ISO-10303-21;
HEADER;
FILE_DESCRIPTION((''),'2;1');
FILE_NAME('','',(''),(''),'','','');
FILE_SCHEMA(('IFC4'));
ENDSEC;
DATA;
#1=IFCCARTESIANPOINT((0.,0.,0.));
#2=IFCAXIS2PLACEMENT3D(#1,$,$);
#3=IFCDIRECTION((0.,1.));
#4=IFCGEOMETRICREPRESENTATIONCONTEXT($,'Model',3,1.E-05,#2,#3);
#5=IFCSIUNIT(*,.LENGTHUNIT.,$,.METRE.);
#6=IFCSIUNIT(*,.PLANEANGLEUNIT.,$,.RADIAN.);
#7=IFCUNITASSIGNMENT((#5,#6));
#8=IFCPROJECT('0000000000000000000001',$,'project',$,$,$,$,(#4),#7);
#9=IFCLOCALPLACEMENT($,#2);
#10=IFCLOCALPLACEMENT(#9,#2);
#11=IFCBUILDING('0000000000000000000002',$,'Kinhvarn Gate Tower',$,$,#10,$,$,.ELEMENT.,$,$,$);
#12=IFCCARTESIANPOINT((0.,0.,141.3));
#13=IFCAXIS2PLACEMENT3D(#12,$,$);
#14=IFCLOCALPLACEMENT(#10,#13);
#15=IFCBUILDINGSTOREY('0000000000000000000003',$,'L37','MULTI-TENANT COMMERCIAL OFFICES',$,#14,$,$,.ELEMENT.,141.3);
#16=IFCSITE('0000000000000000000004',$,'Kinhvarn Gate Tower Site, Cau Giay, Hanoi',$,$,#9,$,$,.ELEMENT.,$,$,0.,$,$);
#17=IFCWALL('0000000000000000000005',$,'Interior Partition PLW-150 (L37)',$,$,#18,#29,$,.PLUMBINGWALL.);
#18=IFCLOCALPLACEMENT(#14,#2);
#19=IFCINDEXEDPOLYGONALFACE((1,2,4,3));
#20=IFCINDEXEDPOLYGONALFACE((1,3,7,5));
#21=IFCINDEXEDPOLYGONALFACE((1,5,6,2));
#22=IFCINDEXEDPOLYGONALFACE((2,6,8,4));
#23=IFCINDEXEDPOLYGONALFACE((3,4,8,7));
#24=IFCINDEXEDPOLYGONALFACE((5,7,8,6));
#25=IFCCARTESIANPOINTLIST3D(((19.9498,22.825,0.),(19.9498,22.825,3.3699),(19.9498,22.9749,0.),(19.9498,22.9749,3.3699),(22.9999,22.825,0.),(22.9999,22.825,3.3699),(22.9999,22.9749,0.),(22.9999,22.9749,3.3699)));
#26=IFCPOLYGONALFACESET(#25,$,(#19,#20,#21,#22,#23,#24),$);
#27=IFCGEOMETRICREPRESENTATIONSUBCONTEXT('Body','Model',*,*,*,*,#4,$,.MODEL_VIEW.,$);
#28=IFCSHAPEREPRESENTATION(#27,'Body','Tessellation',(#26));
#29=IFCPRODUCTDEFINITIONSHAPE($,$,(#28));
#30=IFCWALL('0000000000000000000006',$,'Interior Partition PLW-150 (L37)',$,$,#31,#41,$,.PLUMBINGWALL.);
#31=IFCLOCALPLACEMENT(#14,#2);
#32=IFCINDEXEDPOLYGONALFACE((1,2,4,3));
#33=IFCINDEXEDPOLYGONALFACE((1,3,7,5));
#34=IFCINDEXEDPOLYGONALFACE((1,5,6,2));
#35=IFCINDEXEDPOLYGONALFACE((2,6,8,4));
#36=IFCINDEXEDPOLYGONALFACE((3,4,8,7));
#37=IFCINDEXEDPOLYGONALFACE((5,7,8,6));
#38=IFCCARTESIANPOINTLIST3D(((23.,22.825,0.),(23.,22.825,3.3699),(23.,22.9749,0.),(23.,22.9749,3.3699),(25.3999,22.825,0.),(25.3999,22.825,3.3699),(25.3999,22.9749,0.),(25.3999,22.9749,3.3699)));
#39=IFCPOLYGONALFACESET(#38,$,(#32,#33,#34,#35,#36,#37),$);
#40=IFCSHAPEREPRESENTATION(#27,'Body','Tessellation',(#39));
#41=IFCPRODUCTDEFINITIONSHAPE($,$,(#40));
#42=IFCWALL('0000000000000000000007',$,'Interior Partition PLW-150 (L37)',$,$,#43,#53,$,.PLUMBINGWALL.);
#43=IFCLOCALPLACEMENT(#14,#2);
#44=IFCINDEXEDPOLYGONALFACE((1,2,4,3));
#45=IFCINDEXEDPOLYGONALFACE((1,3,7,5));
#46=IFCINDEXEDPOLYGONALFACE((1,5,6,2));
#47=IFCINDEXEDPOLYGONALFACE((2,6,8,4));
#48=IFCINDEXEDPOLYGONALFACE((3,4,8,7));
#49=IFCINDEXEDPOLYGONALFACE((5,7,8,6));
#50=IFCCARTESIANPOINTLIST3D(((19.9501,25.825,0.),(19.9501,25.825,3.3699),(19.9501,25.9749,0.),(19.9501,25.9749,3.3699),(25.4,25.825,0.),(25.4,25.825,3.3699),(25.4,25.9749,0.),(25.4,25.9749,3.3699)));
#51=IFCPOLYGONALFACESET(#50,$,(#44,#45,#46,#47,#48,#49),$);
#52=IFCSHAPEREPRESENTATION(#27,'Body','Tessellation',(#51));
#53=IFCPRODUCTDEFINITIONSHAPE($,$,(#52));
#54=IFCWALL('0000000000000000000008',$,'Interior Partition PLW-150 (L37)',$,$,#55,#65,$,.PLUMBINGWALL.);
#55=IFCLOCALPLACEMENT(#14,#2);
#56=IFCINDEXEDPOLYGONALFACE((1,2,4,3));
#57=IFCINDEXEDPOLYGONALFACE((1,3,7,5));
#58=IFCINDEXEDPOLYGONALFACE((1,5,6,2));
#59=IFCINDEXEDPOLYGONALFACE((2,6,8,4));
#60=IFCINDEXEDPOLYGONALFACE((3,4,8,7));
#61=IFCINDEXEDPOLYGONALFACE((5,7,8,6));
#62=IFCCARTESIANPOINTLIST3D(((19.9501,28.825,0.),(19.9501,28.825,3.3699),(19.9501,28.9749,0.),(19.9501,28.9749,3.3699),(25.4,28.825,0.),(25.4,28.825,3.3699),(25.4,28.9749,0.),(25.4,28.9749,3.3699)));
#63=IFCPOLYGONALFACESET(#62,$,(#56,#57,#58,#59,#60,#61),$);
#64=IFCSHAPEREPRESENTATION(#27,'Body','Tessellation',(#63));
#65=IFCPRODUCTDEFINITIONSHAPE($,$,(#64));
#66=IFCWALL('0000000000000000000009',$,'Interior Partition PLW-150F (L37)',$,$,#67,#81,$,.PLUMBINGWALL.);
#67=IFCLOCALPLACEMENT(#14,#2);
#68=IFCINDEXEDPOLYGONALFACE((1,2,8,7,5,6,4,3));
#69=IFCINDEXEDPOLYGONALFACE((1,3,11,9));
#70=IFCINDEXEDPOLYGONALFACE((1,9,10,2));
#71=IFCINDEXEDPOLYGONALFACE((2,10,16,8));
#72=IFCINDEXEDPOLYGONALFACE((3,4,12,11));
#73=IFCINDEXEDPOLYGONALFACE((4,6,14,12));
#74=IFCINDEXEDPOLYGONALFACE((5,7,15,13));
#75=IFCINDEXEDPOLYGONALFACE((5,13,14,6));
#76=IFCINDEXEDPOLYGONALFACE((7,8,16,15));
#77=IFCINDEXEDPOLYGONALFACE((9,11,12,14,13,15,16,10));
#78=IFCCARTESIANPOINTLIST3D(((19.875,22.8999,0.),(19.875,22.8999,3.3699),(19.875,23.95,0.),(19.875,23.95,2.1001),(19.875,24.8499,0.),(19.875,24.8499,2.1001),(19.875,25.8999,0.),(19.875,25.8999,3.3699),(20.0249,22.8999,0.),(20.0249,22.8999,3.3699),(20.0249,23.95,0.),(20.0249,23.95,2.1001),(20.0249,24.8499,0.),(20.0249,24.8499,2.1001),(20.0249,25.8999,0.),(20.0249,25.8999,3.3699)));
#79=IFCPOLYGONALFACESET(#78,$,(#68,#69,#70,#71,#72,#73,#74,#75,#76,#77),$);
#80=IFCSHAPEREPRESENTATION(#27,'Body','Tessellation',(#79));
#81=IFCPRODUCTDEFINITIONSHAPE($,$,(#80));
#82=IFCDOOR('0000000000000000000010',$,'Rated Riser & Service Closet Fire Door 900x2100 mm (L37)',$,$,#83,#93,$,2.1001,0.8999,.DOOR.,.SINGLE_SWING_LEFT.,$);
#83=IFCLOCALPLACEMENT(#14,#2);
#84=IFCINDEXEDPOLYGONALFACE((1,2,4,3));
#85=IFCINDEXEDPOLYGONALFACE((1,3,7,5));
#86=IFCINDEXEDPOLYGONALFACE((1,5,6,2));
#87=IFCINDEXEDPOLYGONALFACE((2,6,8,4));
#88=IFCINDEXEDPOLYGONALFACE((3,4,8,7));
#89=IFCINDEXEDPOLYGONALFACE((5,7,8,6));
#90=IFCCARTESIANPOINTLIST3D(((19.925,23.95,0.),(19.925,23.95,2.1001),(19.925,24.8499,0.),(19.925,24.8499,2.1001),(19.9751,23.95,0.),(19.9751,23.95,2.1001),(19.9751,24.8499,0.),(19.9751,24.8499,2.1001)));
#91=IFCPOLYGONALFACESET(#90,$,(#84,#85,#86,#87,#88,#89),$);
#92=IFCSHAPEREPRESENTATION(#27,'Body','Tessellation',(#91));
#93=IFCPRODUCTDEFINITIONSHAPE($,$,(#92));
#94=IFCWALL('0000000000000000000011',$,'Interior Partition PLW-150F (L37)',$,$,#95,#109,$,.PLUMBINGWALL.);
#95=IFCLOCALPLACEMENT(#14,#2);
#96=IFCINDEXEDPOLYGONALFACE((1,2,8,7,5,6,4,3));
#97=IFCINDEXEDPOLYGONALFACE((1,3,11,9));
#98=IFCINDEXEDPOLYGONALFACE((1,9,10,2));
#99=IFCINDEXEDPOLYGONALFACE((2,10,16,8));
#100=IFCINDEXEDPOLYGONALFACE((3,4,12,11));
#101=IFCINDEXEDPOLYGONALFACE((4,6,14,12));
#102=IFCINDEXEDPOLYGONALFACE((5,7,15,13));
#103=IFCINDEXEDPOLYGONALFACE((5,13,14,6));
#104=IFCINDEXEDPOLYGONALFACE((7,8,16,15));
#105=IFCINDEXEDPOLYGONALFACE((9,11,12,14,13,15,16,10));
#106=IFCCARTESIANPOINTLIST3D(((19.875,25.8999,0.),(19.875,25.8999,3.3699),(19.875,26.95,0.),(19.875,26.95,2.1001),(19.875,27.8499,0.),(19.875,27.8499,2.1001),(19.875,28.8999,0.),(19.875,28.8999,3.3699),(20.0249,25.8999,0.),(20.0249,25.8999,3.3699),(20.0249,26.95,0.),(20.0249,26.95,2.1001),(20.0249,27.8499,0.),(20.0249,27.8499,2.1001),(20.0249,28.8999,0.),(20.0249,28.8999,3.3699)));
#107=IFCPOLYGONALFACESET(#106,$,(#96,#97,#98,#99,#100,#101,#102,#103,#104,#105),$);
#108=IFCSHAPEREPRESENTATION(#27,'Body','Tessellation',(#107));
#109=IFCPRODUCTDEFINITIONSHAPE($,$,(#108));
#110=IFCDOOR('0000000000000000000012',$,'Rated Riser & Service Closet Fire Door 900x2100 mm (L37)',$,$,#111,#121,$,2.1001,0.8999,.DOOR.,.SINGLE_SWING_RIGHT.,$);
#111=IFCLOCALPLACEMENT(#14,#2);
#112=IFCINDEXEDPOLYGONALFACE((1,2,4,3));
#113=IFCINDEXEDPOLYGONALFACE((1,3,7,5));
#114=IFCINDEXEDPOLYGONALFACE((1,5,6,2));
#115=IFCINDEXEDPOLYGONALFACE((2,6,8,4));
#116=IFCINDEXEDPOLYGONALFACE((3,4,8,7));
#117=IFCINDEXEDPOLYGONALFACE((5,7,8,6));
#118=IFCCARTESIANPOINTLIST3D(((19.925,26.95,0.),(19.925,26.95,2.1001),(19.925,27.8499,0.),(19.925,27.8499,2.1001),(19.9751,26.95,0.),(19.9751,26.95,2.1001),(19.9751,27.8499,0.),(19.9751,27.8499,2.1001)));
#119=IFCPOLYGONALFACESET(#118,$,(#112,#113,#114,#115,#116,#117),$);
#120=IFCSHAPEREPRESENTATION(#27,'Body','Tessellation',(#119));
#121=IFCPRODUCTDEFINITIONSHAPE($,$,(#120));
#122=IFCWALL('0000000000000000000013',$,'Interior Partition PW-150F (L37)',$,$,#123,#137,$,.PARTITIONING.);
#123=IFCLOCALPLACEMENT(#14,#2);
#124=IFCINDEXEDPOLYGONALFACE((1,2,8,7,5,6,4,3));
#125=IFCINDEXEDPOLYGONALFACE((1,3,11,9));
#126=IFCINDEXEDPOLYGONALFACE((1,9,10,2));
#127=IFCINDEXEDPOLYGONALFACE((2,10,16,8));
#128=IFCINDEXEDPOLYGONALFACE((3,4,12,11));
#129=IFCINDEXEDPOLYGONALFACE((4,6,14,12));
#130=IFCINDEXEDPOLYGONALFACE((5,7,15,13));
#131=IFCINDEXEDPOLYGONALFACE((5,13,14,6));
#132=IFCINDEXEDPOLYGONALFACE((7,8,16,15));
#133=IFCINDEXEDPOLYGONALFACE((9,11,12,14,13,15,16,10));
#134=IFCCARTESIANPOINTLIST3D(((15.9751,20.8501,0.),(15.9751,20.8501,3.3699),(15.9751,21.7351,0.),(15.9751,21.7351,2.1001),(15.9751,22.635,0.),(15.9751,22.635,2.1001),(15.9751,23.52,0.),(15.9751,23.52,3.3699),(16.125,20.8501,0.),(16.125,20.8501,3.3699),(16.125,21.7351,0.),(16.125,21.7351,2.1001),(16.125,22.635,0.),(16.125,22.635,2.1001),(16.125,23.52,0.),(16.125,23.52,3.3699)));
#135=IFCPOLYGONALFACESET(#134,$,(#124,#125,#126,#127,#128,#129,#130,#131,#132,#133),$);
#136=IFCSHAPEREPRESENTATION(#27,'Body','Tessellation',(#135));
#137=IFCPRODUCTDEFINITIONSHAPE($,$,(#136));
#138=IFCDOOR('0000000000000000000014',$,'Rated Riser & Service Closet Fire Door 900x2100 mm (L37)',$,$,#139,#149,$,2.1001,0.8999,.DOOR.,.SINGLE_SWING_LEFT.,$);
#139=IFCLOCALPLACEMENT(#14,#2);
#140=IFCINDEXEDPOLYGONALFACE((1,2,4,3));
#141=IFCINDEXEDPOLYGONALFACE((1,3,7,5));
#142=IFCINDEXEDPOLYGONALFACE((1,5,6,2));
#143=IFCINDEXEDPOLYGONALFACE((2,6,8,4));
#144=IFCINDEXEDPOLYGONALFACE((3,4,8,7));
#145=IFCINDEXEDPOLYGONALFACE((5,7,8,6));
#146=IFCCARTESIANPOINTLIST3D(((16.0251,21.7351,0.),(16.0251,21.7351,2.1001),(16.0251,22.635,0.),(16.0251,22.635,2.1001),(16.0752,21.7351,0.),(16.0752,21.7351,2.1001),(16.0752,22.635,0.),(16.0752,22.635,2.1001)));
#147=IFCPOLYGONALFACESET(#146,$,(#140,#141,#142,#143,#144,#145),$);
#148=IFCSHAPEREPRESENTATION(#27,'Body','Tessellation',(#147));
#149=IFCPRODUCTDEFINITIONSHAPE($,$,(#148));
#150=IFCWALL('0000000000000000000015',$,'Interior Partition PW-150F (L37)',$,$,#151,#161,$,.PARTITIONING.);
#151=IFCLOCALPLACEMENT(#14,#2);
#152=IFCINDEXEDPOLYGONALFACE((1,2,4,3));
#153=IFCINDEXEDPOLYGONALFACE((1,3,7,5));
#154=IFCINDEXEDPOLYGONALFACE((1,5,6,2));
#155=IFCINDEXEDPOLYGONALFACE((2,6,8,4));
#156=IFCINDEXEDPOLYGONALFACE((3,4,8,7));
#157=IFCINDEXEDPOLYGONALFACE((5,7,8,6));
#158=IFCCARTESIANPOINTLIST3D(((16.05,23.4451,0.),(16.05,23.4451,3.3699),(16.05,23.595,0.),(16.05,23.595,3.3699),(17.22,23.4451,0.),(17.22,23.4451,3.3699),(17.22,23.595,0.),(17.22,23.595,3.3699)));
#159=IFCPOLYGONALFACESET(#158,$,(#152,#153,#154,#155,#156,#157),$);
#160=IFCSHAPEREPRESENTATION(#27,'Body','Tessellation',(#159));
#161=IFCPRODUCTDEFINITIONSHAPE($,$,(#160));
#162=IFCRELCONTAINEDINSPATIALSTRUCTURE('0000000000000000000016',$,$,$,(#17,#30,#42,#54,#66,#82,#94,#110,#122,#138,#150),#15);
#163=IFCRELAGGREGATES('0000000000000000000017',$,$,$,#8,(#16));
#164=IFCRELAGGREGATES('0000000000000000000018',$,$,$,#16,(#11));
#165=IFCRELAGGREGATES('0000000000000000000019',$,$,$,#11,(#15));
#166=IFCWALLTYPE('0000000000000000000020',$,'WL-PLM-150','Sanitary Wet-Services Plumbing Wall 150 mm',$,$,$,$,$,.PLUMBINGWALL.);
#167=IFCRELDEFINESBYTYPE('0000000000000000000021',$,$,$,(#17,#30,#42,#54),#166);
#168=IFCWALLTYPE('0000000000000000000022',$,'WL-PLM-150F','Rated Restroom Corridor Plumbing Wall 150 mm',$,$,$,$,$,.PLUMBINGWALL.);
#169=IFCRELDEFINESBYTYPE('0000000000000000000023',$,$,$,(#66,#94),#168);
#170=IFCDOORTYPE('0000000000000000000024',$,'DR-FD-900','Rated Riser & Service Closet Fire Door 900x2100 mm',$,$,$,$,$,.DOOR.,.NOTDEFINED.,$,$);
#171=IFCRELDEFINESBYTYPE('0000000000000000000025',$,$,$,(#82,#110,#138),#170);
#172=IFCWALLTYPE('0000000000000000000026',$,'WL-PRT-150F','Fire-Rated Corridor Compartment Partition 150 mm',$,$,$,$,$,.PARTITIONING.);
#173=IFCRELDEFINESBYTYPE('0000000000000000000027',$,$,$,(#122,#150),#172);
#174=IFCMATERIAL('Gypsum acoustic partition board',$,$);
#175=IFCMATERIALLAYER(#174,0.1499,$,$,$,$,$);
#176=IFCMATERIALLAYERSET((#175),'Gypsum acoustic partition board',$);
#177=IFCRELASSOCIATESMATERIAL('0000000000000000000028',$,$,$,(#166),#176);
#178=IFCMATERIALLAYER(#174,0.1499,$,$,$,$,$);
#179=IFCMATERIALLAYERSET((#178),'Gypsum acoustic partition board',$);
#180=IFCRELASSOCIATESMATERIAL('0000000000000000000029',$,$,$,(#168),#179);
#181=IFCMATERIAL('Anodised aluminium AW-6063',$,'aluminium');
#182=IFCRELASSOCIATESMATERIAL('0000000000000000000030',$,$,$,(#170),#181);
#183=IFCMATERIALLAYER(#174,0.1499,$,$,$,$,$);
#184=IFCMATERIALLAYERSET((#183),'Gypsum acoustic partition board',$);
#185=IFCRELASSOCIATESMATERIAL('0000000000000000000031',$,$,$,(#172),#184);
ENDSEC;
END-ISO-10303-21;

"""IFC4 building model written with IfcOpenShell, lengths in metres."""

from ifc_helpers import new_model, si_unit, direction, frame, frame_2d, origin, place, context, subcontext, project, spatial, rectangle, extrude, material, layer, layer_set, type_object, element, fill, save


model = new_model("IFC4")

# Units and contexts
model_context = context("Model", 3, precision=1e-05, world=origin(), true_north=direction((0.0, 1.0)))
body_context = subcontext(model_context, "Body", "Model", "MODEL_VIEW")
ifc_project = project(units=[si_unit("LENGTHUNIT", "METRE"), si_unit("PLANEANGLEUNIT", "RADIAN")], contexts=[model_context])

# Site, building, storey
site_placement = place(None, origin())
site = spatial("IfcSite", under=ifc_project, at=site_placement, Name="Kinhvarn Gate Tower Site, Cau Giay, Hanoi", CompositionType="ELEMENT", RefElevation=0.0)
building_placement = place(site_placement, origin())
building = spatial("IfcBuilding", under=site, at=building_placement, Name="Kinhvarn Gate Tower", CompositionType="ELEMENT")
storey_placement = place(building_placement, frame((0.0, 0.0, 141.3)))
storey = spatial("IfcBuildingStorey", under=building, at=storey_placement, Name="L37", Description="MULTI-TENANT COMMERCIAL OFFICES", CompositionType="ELEMENT", Elevation=141.3)

# Shared definitions
ifc_material_1 = material(Name="Anodised aluminium AW-6063", Category="aluminium")

# Walls
ifc_material_2 = material(Name="Gypsum acoustic partition board")
ifc_layer_1 = layer(ifc_material_2, 0.1499)
ifc_layer_set_1 = layer_set([ifc_layer_1], Name="Gypsum acoustic partition board")
wall_type_1 = type_object("IfcWallType", Name="WL-PLM-150", Description="Sanitary Wet-Services Plumbing Wall 150 mm", PredefinedType="PLUMBINGWALL", material=ifc_layer_set_1)
wall_1_placement = place(storey_placement, frame((19.95, 22.8999, 0.0), z_axis=(0.0, 0.0, 1.0), x_axis=(1.0, 0.0, 0.0)))
element("IfcWall", 1, at=wall_1_placement, inside=storey, type_object=wall_type_1, Name="Interior Partition PLW-150 (L37)", PredefinedType="PLUMBINGWALL", context=body_context, shape_type="SweptSolid", body=[
    extrude(rectangle(XDim=3.05, YDim=0.1499, at=frame_2d((1.5249, 0.0))), origin(), (0.0, 0.0, 1.0), 3.3699),
])
wall_2_placement = place(storey_placement, frame((23.0, 22.8999, 0.0), z_axis=(0.0, 0.0, 1.0), x_axis=(1.0, 0.0, 0.0)))
element("IfcWall", 2, at=wall_2_placement, inside=storey, type_object=wall_type_1, Name="Interior Partition PLW-150 (L37)", PredefinedType="PLUMBINGWALL", context=body_context, shape_type="SweptSolid", body=[
    extrude(rectangle(XDim=2.3999, YDim=0.1499, at=frame_2d((1.2, 0.0))), origin(), (0.0, 0.0, 1.0), 3.3699),
])
for number, where, z_axis, x_axis, name in (
    (3, (19.95, 25.8999, 0.0), (0.0, 0.0, 1.0), (1.0, 0.0, 0.0), "Interior Partition PLW-150 (L37)"),
    (4, (19.95, 28.8999, 0.0), (0.0, 0.0, 1.0), (1.0, 0.0, 0.0), "Interior Partition PLW-150 (L37)"),
):
    element("IfcWall", number, at=place(storey_placement, frame(where, z_axis=z_axis, x_axis=x_axis)), inside=storey, type_object=wall_type_1, Name=name, PredefinedType="PLUMBINGWALL", context=body_context, shape_type="SweptSolid", body=[
        extrude(rectangle(XDim=5.45, YDim=0.1499, at=frame_2d((2.7251, 0.0))), origin(), (0.0, 0.0, 1.0), 3.3699),
    ])

# Walls, openings, doors
ifc_layer_2 = layer(ifc_material_2, 0.1499)
ifc_layer_set_2 = layer_set([ifc_layer_2], Name="Gypsum acoustic partition board")
wall_type_2 = type_object("IfcWallType", Name="WL-PLM-150F", Description="Rated Restroom Corridor Plumbing Wall 150 mm", PredefinedType="PLUMBINGWALL", material=ifc_layer_set_2)
wall_3_placement = place(storey_placement, frame((19.95, 22.8999, 0.0), z_axis=(0.0, 0.0, 1.0), x_axis=(0.0, 1.0, 0.0)))
wall_3 = element("IfcWall", 5, at=wall_3_placement, inside=storey, type_object=wall_type_2, Name="Interior Partition PLW-150F (L37)", PredefinedType="PLUMBINGWALL", context=body_context, shape_type="SweptSolid", body=[
    extrude(rectangle(XDim=3.0, YDim=0.1499, at=frame_2d((1.5, 0.0))), origin(), (0.0, 0.0, 1.0), 3.3699),
])
opening_1_placement = place(wall_3_placement, frame((1.05, 0.0, 0.0)))
opening_1 = element("IfcOpeningElement", 6, at=opening_1_placement, cuts=wall_3, PredefinedType="OPENING", context=body_context, shape_type="SweptSolid", body=[
    extrude(rectangle(XDim=0.8999, YDim=2.1001, at=frame_2d((0.45, 1.05))), frame((0.0, 0.085, 0.0), z_axis=(0.0, -1.0, 0.0), x_axis=(1.0, 0.0, 0.0)), (0.0, 0.0, 1.0), 0.1699),
])
door_type_1 = type_object("IfcDoorType", Name="DR-FD-900", Description="Rated Riser & Service Closet Fire Door 900x2100 mm", OperationType="NOTDEFINED", PredefinedType="DOOR", material=ifc_material_1)
door_1_placement = place(opening_1_placement, origin())
door_1 = element("IfcDoor", 7, at=door_1_placement, inside=storey, type_object=door_type_1, Name="Rated Riser & Service Closet Fire Door 900x2100 mm (L37)", OperationType="SINGLE_SWING_LEFT", OverallHeight=2.1001, OverallWidth=0.8999, PredefinedType="DOOR", context=body_context, shape_type="SweptSolid", body=[
    extrude(rectangle(XDim=0.8999, YDim=2.1001, at=frame_2d((0.45, 1.05))), frame((0.0, 0.0249, 0.0), z_axis=(0.0, -1.0, 0.0), x_axis=(1.0, 0.0, 0.0)), (0.0, 0.0, 1.0), 0.05),
])
fill(opening_1, door_1)
wall_4_placement = place(storey_placement, frame((19.95, 25.8999, 0.0), z_axis=(0.0, 0.0, 1.0), x_axis=(0.0, 1.0, 0.0)))
wall_4 = element("IfcWall", 8, at=wall_4_placement, inside=storey, type_object=wall_type_2, Name="Interior Partition PLW-150F (L37)", PredefinedType="PLUMBINGWALL", context=body_context, shape_type="SweptSolid", body=[
    extrude(rectangle(XDim=3.0, YDim=0.1499, at=frame_2d((1.5, 0.0))), origin(), (0.0, 0.0, 1.0), 3.3699),
])
opening_2_placement = place(wall_4_placement, frame((1.05, 0.0, 0.0)))
opening_2 = element("IfcOpeningElement", 9, at=opening_2_placement, cuts=wall_4, PredefinedType="OPENING", context=body_context, shape_type="SweptSolid", body=[
    extrude(rectangle(XDim=0.8999, YDim=2.1001, at=frame_2d((0.45, 1.05))), frame((0.0, 0.085, 0.0), z_axis=(0.0, -1.0, 0.0), x_axis=(1.0, 0.0, 0.0)), (0.0, 0.0, 1.0), 0.1699),
])
door_2_placement = place(opening_2_placement, origin())
door_2 = element("IfcDoor", 10, at=door_2_placement, inside=storey, type_object=door_type_1, Name="Rated Riser & Service Closet Fire Door 900x2100 mm (L37)", OperationType="SINGLE_SWING_RIGHT", OverallHeight=2.1001, OverallWidth=0.8999, PredefinedType="DOOR", context=body_context, shape_type="SweptSolid", body=[
    extrude(rectangle(XDim=0.8999, YDim=2.1001, at=frame_2d((0.45, 1.05))), frame((0.0, 0.0249, 0.0), z_axis=(0.0, -1.0, 0.0), x_axis=(1.0, 0.0, 0.0)), (0.0, 0.0, 1.0), 0.05),
])
fill(opening_2, door_2)
ifc_layer_3 = layer(ifc_material_2, 0.1499)
ifc_layer_set_3 = layer_set([ifc_layer_3], Name="Gypsum acoustic partition board")
wall_type_3 = type_object("IfcWallType", Name="WL-PRT-150F", Description="Fire-Rated Corridor Compartment Partition 150 mm", PredefinedType="PARTITIONING", material=ifc_layer_set_3)
wall_5_placement = place(storey_placement, frame((16.05, 20.8501, 0.0), z_axis=(0.0, 0.0, 1.0), x_axis=(0.0, 1.0, 0.0)))
wall_5 = element("IfcWall", 11, at=wall_5_placement, inside=storey, type_object=wall_type_3, Name="Interior Partition PW-150F (L37)", PredefinedType="PARTITIONING", context=body_context, shape_type="SweptSolid", body=[
    extrude(rectangle(XDim=2.6699, YDim=0.1499, at=frame_2d((1.335, 0.0))), origin(), (0.0, 0.0, 1.0), 3.3699),
])
opening_3_placement = place(wall_5_placement, frame((0.885, 0.0, 0.0)))
opening_3 = element("IfcOpeningElement", 12, at=opening_3_placement, cuts=wall_5, PredefinedType="OPENING", context=body_context, shape_type="SweptSolid", body=[
    extrude(rectangle(XDim=0.8999, YDim=2.1001, at=frame_2d((0.45, 1.05))), frame((0.0, 0.085, 0.0), z_axis=(0.0, -1.0, 0.0), x_axis=(1.0, 0.0, 0.0)), (0.0, 0.0, 1.0), 0.1699),
])
door_3_placement = place(opening_3_placement, origin())
door_3 = element("IfcDoor", 13, at=door_3_placement, inside=storey, type_object=door_type_1, Name="Rated Riser & Service Closet Fire Door 900x2100 mm (L37)", OperationType="SINGLE_SWING_LEFT", OverallHeight=2.1001, OverallWidth=0.8999, PredefinedType="DOOR", context=body_context, shape_type="SweptSolid", body=[
    extrude(rectangle(XDim=0.8999, YDim=2.1001, at=frame_2d((0.45, 1.05))), frame((0.0, 0.0249, 0.0), z_axis=(0.0, -1.0, 0.0), x_axis=(1.0, 0.0, 0.0)), (0.0, 0.0, 1.0), 0.05),
])
fill(opening_3, door_3)

# Wall
wall_6_placement = place(storey_placement, frame((16.05, 23.52, 0.0), z_axis=(0.0, 0.0, 1.0), x_axis=(1.0, 0.0, 0.0)))
element("IfcWall", 14, at=wall_6_placement, inside=storey, type_object=wall_type_3, Name="Interior Partition PW-150F (L37)", PredefinedType="PARTITIONING", context=body_context, shape_type="SweptSolid", body=[
    extrude(rectangle(XDim=1.1699, YDim=0.1499, at=frame_2d((0.585, 0.0))), origin(), (0.0, 0.0, 1.0), 3.3699),
])

save(model, "model.ifc")
